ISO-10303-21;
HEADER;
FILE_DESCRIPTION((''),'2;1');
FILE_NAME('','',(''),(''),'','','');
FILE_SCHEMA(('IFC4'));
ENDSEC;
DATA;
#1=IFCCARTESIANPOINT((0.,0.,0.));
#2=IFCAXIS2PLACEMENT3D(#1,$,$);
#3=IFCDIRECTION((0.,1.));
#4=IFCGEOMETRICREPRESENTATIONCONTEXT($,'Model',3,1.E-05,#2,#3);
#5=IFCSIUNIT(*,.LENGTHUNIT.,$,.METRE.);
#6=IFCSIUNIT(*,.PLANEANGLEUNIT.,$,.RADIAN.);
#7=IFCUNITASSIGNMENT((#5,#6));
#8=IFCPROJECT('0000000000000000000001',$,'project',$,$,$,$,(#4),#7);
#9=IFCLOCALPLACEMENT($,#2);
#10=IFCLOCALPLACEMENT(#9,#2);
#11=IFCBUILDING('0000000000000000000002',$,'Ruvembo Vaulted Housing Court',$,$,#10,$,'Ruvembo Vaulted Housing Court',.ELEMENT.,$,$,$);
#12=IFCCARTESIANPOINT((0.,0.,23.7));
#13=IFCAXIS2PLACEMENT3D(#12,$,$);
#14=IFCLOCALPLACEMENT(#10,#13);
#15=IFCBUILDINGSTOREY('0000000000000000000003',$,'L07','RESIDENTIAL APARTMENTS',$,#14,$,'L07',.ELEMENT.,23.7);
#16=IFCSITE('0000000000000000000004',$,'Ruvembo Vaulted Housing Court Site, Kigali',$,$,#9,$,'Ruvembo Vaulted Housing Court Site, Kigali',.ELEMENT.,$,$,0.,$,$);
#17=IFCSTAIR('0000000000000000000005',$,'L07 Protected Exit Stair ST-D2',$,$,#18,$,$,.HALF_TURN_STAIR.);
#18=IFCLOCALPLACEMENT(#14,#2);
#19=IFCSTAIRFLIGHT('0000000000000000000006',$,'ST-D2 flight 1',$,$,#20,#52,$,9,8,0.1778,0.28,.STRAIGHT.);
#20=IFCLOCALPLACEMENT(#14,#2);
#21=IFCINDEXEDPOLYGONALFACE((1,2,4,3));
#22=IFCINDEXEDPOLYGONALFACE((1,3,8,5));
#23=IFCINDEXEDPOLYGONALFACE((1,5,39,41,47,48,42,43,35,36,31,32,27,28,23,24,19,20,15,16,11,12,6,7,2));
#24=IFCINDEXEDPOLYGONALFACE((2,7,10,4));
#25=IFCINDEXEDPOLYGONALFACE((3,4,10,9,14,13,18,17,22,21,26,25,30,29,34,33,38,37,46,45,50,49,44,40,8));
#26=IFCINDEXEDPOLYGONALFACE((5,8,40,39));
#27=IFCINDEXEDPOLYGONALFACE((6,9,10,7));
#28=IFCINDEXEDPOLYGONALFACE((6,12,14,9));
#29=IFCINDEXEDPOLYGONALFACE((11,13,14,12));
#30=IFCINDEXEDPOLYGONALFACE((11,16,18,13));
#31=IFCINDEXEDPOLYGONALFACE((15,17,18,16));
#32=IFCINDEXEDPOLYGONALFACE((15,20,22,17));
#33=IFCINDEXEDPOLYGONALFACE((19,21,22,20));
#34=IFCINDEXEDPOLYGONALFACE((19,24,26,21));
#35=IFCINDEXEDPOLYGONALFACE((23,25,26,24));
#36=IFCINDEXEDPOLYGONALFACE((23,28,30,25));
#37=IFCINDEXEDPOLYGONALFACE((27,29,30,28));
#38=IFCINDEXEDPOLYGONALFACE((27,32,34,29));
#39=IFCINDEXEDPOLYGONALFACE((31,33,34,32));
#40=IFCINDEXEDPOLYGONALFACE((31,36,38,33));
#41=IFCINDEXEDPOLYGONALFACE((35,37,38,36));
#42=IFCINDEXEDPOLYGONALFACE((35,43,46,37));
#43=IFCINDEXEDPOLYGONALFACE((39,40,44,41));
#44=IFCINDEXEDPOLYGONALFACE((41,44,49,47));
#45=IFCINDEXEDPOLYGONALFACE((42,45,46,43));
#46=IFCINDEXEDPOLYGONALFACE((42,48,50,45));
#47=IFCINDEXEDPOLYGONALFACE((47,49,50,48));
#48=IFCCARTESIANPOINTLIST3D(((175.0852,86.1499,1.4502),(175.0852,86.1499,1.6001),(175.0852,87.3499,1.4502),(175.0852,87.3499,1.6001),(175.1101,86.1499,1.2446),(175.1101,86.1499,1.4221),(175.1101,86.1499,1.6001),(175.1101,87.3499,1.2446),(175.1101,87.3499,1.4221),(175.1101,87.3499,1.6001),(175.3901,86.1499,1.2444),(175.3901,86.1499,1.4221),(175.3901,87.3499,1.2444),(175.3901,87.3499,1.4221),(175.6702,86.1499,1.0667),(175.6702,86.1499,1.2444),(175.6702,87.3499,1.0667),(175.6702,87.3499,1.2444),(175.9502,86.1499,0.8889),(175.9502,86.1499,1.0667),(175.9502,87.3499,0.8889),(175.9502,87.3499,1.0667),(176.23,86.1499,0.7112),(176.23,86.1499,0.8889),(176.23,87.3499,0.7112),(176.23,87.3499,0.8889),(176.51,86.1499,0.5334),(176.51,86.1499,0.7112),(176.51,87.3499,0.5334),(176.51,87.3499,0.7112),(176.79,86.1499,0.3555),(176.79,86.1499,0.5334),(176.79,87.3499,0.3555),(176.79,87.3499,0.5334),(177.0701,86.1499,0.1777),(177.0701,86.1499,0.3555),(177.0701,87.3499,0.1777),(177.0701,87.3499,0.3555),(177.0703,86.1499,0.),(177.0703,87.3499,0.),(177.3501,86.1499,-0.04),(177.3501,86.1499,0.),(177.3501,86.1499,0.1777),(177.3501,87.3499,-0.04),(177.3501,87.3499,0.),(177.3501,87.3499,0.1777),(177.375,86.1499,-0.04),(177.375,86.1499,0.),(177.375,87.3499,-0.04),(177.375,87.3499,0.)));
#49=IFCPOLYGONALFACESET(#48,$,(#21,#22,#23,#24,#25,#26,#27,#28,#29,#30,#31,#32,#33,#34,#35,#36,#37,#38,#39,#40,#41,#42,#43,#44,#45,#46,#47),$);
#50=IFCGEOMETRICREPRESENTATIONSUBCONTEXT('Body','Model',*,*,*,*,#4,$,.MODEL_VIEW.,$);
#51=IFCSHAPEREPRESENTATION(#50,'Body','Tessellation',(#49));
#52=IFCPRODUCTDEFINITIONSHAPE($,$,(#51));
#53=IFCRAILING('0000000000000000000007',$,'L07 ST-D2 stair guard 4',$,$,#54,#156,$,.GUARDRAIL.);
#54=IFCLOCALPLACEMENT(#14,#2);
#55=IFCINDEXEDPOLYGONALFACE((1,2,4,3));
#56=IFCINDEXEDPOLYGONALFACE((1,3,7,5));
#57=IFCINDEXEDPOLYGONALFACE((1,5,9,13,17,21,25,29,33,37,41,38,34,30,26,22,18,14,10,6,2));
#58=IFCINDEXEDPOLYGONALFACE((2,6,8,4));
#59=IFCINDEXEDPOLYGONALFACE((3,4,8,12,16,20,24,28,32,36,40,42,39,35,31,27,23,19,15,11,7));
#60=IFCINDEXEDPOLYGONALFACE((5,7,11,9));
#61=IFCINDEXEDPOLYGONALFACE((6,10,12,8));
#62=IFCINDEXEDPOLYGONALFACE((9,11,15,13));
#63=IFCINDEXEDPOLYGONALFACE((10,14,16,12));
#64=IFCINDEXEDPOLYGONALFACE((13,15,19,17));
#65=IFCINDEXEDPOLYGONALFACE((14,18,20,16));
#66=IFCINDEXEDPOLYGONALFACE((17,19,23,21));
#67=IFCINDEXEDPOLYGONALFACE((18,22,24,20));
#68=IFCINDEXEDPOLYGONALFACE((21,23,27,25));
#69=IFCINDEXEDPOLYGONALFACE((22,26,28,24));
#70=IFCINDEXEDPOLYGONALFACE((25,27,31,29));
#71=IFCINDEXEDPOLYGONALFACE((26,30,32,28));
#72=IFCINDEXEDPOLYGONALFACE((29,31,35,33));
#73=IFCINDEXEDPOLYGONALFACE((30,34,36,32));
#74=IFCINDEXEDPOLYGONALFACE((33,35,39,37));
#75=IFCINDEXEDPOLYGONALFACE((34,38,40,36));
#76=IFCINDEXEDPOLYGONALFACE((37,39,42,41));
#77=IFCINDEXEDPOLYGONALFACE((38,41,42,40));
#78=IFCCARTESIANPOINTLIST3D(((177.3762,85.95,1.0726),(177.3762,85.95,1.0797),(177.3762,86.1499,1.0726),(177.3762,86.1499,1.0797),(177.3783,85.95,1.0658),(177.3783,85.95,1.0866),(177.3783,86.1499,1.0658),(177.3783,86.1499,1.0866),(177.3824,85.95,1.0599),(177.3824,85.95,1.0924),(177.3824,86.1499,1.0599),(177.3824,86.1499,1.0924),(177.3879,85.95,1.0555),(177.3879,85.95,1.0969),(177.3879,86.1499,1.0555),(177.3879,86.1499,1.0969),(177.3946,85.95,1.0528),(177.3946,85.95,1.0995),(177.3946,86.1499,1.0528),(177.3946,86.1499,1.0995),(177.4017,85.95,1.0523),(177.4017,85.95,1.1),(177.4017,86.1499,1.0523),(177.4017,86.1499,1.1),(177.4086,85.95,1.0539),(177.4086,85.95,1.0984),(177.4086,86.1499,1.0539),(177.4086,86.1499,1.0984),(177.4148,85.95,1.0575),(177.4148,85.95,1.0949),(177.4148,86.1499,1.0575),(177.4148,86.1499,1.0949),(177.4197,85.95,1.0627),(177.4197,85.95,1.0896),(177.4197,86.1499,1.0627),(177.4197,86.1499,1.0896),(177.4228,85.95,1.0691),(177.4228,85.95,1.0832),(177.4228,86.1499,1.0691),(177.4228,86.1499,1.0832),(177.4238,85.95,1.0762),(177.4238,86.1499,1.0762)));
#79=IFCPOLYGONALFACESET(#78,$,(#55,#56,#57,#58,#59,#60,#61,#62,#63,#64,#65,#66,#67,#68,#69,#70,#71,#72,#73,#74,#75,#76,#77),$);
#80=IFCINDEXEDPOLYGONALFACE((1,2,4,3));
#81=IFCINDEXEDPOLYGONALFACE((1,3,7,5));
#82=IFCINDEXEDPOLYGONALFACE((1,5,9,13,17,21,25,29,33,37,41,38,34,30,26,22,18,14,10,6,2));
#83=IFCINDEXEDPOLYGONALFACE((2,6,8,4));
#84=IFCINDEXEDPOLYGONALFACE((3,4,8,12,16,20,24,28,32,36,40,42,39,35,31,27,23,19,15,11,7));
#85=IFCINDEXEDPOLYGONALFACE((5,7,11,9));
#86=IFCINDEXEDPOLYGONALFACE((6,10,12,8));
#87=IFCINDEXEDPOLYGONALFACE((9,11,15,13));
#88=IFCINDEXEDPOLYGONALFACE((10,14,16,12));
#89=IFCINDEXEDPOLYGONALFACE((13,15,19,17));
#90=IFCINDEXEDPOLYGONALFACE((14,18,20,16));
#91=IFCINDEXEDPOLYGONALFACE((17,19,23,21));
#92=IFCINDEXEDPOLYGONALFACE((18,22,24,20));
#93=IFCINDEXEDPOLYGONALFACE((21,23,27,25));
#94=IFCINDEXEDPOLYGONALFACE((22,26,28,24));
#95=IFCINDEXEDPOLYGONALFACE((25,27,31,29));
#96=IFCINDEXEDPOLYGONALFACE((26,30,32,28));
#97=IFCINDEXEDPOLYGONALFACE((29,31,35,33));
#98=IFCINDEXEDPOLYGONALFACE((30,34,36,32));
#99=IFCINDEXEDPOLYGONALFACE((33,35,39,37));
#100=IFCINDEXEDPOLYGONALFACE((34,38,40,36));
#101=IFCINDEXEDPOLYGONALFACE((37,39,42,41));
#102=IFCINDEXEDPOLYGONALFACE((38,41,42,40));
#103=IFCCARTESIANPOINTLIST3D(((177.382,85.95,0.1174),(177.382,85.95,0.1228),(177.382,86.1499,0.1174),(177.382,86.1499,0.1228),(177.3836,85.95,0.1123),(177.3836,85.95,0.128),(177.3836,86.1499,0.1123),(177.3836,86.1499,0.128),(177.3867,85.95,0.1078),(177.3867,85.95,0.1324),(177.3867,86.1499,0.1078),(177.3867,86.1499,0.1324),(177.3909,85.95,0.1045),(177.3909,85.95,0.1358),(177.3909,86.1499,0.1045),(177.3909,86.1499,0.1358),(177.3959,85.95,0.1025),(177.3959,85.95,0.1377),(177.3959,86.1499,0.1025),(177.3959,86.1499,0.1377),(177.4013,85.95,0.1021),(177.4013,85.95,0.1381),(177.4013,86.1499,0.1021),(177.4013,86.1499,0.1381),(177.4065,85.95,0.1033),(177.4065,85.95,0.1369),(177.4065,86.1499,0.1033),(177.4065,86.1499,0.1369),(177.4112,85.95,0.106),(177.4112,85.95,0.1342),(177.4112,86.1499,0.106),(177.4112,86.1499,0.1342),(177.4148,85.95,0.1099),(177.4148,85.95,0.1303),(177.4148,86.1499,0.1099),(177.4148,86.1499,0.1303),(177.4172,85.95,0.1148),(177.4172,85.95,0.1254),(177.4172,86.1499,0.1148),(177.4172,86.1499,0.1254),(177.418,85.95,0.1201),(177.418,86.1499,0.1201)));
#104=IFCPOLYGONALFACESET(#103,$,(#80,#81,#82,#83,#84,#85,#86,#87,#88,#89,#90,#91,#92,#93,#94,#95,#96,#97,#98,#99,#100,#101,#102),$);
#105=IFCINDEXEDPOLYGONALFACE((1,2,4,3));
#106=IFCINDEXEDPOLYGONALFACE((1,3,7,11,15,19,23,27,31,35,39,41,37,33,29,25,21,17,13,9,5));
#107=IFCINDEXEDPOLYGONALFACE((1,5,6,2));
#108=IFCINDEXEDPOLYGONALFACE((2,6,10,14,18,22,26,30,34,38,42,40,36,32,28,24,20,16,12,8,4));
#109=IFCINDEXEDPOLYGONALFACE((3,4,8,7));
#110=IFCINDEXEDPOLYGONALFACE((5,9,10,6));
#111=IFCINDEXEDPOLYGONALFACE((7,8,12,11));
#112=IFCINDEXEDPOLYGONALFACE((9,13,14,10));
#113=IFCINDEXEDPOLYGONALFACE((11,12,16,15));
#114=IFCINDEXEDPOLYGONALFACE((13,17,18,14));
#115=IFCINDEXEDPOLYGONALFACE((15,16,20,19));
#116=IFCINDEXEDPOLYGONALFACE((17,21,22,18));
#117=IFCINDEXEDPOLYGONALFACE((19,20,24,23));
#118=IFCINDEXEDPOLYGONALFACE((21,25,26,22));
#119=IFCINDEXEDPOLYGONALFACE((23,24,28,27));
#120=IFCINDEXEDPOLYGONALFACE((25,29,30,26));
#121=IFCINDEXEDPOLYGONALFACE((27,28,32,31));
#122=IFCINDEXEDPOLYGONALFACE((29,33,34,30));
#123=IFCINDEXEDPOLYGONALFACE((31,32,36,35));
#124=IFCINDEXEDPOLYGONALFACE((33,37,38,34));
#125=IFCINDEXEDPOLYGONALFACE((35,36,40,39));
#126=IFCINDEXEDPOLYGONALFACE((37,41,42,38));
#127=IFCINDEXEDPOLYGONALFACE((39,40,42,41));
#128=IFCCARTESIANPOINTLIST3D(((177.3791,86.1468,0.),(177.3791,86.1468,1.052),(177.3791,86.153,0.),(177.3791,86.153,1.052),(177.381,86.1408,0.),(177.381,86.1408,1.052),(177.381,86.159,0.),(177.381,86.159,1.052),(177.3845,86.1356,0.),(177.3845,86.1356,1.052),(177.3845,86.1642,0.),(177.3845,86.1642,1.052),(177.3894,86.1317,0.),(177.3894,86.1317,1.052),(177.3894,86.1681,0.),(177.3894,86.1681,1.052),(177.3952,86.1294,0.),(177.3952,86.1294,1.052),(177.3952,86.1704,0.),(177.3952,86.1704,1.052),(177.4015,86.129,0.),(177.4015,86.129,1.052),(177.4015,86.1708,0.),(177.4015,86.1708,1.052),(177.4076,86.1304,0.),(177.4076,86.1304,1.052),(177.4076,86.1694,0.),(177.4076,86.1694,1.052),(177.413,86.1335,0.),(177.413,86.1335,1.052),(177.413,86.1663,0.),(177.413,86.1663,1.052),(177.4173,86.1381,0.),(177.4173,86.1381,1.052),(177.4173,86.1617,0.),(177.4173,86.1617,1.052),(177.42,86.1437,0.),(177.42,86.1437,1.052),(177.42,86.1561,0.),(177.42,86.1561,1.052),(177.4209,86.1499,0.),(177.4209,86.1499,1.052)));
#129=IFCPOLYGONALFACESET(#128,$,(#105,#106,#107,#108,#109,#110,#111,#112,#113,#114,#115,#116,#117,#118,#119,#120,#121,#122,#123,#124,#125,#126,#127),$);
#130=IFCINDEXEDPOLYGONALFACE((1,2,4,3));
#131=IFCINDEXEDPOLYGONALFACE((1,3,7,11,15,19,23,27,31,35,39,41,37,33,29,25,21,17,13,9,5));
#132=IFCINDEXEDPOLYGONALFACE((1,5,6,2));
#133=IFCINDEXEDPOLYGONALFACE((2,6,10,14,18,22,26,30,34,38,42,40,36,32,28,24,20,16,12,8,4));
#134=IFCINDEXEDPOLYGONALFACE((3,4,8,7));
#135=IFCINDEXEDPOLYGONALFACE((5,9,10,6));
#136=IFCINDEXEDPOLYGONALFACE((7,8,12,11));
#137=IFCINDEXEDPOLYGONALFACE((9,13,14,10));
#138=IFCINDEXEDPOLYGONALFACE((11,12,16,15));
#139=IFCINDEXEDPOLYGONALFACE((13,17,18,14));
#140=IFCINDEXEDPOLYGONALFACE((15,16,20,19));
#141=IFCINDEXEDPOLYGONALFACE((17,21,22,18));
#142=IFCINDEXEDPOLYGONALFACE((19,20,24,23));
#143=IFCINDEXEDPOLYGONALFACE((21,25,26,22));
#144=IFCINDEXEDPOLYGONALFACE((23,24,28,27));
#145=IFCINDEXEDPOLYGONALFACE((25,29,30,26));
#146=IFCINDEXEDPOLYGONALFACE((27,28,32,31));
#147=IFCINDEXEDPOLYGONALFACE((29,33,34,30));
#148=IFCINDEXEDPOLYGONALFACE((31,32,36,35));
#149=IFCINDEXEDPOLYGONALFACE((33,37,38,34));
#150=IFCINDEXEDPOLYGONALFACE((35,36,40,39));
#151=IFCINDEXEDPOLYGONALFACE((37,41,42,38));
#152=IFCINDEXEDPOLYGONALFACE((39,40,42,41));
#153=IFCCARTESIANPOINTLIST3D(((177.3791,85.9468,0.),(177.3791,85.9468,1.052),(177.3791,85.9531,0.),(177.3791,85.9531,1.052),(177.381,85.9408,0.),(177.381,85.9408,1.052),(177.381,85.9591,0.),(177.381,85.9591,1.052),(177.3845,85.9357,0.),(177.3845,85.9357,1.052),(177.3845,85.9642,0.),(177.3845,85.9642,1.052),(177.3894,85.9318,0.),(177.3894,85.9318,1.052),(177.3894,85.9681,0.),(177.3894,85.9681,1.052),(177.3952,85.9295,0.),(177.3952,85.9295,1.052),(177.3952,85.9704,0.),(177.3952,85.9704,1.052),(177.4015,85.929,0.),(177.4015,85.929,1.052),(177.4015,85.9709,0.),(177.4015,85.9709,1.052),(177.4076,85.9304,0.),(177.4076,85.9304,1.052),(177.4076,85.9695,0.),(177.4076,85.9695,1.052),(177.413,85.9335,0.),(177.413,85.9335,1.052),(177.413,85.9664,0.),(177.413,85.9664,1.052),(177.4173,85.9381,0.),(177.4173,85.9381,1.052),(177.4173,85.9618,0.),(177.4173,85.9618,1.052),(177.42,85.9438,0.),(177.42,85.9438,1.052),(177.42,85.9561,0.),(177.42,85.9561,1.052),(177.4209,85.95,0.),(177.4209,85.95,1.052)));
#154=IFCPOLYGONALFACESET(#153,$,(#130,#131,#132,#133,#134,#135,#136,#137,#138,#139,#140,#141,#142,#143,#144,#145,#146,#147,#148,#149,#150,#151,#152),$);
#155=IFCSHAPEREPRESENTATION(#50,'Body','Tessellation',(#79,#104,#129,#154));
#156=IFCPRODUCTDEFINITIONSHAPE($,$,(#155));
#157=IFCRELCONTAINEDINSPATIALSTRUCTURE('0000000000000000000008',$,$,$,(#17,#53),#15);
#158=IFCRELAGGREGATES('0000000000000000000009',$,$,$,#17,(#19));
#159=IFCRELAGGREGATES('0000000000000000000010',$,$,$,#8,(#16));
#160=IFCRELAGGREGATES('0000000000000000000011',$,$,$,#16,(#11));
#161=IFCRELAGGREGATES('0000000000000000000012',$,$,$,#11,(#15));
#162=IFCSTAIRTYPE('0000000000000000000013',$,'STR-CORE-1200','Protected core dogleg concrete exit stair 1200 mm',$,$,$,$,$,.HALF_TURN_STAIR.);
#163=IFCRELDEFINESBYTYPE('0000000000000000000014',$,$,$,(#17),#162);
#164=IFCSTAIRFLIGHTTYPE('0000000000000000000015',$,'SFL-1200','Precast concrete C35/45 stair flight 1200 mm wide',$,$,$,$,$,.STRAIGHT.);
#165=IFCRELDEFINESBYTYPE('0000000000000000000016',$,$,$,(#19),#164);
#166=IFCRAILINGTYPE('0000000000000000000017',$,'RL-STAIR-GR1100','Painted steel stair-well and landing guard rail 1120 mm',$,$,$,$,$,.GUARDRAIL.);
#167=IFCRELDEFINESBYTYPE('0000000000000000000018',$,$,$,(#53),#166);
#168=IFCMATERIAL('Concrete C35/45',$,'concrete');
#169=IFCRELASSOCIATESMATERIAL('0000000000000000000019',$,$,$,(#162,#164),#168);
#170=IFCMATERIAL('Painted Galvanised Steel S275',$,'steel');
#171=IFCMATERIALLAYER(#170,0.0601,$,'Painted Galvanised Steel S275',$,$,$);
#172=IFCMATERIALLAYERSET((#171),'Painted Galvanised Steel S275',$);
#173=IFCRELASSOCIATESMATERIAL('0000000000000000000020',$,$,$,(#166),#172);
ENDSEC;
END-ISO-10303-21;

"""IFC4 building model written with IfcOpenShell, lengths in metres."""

from ifc_helpers import new_model, si_unit, direction, frame, origin, origin_2d, place, context, subcontext, project, spatial, polyline, circle, outline, extrude, material, layer, layer_set, type_object, element, aggregate, save


model = new_model("IFC4")

# Units and contexts
model_context = context("Model", 3, precision=1e-05, world=origin(), true_north=direction((0.0, 1.0)))
body_context = subcontext(model_context, "Body", "Model", "MODEL_VIEW")
ifc_project = project(units=[si_unit("LENGTHUNIT", "METRE"), si_unit("PLANEANGLEUNIT", "RADIAN")], contexts=[model_context])

# Site, building, storey
site_placement = place(None, origin())
site = spatial("IfcSite", under=ifc_project, at=site_placement, Name="Ruvembo Vaulted Housing Court Site, Kigali", LongName="Ruvembo Vaulted Housing Court Site, Kigali", CompositionType="ELEMENT", RefElevation=0.0)
building_placement = place(site_placement, origin())
building = spatial("IfcBuilding", under=site, at=building_placement, Name="Ruvembo Vaulted Housing Court", LongName="Ruvembo Vaulted Housing Court", CompositionType="ELEMENT")
storey_placement = place(building_placement, frame((0.0, 0.0, 23.7)))
storey = spatial("IfcBuildingStorey", under=building, at=storey_placement, Name="L07", Description="RESIDENTIAL APARTMENTS", LongName="L07", CompositionType="ELEMENT", Elevation=23.7)

# Shared definitions
ifc_material_1 = material(Name="Concrete C35/45", Category="concrete")

# Stair, stair flight
stair_type = type_object("IfcStairType", Name="STR-CORE-1200", Description="Protected core dogleg concrete exit stair 1200 mm", PredefinedType="HALF_TURN_STAIR", material=ifc_material_1)
stair_placement = place(storey_placement, origin())
stair = element("IfcStair", 1, at=stair_placement, inside=storey, type_object=stair_type, Name="L07 Protected Exit Stair ST-D2", PredefinedType="HALF_TURN_STAIR")
stair_flight_type = type_object("IfcStairFlightType", Name="SFL-1200", Description="Precast concrete C35/45 stair flight 1200 mm wide", PredefinedType="STRAIGHT", material=ifc_material_1)
stair_flight_placement = place(storey_placement, frame((177.3501, 86.75, 0.0), z_axis=(0.0, 0.0, 1.0), x_axis=(-1.0, 0.0, 0.0)))
stair_flight = element("IfcStairFlight", 2, at=stair_flight_placement, type_object=stair_flight_type, Name="ST-D2 flight 1", NumberOfRisers=9, NumberOfTreads=8, PredefinedType="STRAIGHT", RiserHeight=0.1778, TreadLength=0.28, context=body_context, shape_type="SweptSolid", body=[
    extrude(outline(polyline([(-0.0249, -0.04), (-0.0249, 0.0), (0.0, 0.0), (0.0, 0.1777), (0.28, 0.1777), (0.28, 0.3555), (0.5601, 0.3555), (0.5601, 0.5334), (0.8401, 0.5334), (0.8401, 0.7112), (1.1201, 0.7112), (1.1201, 0.8889), (1.3999, 0.8889), (1.3999, 1.0667), (1.6799, 1.0667), (1.6799, 1.2444), (1.96, 1.2444), (1.96, 1.4221), (2.24, 1.4221), (2.24, 1.6001), (2.2649, 1.6001), (2.2649, 1.4502), (2.24, 1.2446), (0.2798, 0.0), (0.0, -0.04), (-0.0249, -0.04)])), frame((0.0, 0.6001, 0.0), z_axis=(0.0, -1.0, 0.0), x_axis=(1.0, 0.0, 0.0)), (0.0, 0.0, 1.0), 1.2),
])
aggregate(stair, [stair_flight])

# Railing
ifc_material_2 = material(Name="Painted Galvanised Steel S275", Category="steel")
ifc_layer_1 = layer(ifc_material_2, 0.0601, Name="Painted Galvanised Steel S275")
ifc_layer_set_1 = layer_set([ifc_layer_1], Name="Painted Galvanised Steel S275")
railing_type_1 = type_object("IfcRailingType", Name="RL-STAIR-GR1100", Description="Painted steel stair-well and landing guard rail 1120 mm", PredefinedType="GUARDRAIL", material=ifc_layer_set_1)
railing_1_placement = place(storey_placement, frame((177.3999, 86.1499, 0.0)))
element("IfcRailing", 3, at=railing_1_placement, inside=storey, type_object=railing_type_1, Name="L07 ST-D2 stair guard 4", PredefinedType="GUARDRAIL", context=body_context, shape_type="SweptSolid", body=[
    extrude(circle(Radius=0.0239, at=origin_2d()), frame((0.0, 0.0, 1.0762), z_axis=(0.0, -1.0, 0.0), x_axis=(1.0, 0.0, 0.0)), (0.0, 0.0, 1.0), 0.2),
    extrude(circle(Radius=0.0181, at=origin_2d()), frame((0.0, 0.0, 0.1201), z_axis=(0.0, -1.0, 0.0), x_axis=(1.0, 0.0, 0.0)), (0.0, 0.0, 1.0), 0.2),
    extrude(circle(Radius=0.021, at=origin_2d()), origin(), (0.0, 0.0, 1.0), 1.052),
    extrude(circle(Radius=0.021, at=origin_2d()), frame((0.0, -0.2, 0.0)), (0.0, 0.0, 1.0), 1.052),
])

save(model, "model.ifc")
